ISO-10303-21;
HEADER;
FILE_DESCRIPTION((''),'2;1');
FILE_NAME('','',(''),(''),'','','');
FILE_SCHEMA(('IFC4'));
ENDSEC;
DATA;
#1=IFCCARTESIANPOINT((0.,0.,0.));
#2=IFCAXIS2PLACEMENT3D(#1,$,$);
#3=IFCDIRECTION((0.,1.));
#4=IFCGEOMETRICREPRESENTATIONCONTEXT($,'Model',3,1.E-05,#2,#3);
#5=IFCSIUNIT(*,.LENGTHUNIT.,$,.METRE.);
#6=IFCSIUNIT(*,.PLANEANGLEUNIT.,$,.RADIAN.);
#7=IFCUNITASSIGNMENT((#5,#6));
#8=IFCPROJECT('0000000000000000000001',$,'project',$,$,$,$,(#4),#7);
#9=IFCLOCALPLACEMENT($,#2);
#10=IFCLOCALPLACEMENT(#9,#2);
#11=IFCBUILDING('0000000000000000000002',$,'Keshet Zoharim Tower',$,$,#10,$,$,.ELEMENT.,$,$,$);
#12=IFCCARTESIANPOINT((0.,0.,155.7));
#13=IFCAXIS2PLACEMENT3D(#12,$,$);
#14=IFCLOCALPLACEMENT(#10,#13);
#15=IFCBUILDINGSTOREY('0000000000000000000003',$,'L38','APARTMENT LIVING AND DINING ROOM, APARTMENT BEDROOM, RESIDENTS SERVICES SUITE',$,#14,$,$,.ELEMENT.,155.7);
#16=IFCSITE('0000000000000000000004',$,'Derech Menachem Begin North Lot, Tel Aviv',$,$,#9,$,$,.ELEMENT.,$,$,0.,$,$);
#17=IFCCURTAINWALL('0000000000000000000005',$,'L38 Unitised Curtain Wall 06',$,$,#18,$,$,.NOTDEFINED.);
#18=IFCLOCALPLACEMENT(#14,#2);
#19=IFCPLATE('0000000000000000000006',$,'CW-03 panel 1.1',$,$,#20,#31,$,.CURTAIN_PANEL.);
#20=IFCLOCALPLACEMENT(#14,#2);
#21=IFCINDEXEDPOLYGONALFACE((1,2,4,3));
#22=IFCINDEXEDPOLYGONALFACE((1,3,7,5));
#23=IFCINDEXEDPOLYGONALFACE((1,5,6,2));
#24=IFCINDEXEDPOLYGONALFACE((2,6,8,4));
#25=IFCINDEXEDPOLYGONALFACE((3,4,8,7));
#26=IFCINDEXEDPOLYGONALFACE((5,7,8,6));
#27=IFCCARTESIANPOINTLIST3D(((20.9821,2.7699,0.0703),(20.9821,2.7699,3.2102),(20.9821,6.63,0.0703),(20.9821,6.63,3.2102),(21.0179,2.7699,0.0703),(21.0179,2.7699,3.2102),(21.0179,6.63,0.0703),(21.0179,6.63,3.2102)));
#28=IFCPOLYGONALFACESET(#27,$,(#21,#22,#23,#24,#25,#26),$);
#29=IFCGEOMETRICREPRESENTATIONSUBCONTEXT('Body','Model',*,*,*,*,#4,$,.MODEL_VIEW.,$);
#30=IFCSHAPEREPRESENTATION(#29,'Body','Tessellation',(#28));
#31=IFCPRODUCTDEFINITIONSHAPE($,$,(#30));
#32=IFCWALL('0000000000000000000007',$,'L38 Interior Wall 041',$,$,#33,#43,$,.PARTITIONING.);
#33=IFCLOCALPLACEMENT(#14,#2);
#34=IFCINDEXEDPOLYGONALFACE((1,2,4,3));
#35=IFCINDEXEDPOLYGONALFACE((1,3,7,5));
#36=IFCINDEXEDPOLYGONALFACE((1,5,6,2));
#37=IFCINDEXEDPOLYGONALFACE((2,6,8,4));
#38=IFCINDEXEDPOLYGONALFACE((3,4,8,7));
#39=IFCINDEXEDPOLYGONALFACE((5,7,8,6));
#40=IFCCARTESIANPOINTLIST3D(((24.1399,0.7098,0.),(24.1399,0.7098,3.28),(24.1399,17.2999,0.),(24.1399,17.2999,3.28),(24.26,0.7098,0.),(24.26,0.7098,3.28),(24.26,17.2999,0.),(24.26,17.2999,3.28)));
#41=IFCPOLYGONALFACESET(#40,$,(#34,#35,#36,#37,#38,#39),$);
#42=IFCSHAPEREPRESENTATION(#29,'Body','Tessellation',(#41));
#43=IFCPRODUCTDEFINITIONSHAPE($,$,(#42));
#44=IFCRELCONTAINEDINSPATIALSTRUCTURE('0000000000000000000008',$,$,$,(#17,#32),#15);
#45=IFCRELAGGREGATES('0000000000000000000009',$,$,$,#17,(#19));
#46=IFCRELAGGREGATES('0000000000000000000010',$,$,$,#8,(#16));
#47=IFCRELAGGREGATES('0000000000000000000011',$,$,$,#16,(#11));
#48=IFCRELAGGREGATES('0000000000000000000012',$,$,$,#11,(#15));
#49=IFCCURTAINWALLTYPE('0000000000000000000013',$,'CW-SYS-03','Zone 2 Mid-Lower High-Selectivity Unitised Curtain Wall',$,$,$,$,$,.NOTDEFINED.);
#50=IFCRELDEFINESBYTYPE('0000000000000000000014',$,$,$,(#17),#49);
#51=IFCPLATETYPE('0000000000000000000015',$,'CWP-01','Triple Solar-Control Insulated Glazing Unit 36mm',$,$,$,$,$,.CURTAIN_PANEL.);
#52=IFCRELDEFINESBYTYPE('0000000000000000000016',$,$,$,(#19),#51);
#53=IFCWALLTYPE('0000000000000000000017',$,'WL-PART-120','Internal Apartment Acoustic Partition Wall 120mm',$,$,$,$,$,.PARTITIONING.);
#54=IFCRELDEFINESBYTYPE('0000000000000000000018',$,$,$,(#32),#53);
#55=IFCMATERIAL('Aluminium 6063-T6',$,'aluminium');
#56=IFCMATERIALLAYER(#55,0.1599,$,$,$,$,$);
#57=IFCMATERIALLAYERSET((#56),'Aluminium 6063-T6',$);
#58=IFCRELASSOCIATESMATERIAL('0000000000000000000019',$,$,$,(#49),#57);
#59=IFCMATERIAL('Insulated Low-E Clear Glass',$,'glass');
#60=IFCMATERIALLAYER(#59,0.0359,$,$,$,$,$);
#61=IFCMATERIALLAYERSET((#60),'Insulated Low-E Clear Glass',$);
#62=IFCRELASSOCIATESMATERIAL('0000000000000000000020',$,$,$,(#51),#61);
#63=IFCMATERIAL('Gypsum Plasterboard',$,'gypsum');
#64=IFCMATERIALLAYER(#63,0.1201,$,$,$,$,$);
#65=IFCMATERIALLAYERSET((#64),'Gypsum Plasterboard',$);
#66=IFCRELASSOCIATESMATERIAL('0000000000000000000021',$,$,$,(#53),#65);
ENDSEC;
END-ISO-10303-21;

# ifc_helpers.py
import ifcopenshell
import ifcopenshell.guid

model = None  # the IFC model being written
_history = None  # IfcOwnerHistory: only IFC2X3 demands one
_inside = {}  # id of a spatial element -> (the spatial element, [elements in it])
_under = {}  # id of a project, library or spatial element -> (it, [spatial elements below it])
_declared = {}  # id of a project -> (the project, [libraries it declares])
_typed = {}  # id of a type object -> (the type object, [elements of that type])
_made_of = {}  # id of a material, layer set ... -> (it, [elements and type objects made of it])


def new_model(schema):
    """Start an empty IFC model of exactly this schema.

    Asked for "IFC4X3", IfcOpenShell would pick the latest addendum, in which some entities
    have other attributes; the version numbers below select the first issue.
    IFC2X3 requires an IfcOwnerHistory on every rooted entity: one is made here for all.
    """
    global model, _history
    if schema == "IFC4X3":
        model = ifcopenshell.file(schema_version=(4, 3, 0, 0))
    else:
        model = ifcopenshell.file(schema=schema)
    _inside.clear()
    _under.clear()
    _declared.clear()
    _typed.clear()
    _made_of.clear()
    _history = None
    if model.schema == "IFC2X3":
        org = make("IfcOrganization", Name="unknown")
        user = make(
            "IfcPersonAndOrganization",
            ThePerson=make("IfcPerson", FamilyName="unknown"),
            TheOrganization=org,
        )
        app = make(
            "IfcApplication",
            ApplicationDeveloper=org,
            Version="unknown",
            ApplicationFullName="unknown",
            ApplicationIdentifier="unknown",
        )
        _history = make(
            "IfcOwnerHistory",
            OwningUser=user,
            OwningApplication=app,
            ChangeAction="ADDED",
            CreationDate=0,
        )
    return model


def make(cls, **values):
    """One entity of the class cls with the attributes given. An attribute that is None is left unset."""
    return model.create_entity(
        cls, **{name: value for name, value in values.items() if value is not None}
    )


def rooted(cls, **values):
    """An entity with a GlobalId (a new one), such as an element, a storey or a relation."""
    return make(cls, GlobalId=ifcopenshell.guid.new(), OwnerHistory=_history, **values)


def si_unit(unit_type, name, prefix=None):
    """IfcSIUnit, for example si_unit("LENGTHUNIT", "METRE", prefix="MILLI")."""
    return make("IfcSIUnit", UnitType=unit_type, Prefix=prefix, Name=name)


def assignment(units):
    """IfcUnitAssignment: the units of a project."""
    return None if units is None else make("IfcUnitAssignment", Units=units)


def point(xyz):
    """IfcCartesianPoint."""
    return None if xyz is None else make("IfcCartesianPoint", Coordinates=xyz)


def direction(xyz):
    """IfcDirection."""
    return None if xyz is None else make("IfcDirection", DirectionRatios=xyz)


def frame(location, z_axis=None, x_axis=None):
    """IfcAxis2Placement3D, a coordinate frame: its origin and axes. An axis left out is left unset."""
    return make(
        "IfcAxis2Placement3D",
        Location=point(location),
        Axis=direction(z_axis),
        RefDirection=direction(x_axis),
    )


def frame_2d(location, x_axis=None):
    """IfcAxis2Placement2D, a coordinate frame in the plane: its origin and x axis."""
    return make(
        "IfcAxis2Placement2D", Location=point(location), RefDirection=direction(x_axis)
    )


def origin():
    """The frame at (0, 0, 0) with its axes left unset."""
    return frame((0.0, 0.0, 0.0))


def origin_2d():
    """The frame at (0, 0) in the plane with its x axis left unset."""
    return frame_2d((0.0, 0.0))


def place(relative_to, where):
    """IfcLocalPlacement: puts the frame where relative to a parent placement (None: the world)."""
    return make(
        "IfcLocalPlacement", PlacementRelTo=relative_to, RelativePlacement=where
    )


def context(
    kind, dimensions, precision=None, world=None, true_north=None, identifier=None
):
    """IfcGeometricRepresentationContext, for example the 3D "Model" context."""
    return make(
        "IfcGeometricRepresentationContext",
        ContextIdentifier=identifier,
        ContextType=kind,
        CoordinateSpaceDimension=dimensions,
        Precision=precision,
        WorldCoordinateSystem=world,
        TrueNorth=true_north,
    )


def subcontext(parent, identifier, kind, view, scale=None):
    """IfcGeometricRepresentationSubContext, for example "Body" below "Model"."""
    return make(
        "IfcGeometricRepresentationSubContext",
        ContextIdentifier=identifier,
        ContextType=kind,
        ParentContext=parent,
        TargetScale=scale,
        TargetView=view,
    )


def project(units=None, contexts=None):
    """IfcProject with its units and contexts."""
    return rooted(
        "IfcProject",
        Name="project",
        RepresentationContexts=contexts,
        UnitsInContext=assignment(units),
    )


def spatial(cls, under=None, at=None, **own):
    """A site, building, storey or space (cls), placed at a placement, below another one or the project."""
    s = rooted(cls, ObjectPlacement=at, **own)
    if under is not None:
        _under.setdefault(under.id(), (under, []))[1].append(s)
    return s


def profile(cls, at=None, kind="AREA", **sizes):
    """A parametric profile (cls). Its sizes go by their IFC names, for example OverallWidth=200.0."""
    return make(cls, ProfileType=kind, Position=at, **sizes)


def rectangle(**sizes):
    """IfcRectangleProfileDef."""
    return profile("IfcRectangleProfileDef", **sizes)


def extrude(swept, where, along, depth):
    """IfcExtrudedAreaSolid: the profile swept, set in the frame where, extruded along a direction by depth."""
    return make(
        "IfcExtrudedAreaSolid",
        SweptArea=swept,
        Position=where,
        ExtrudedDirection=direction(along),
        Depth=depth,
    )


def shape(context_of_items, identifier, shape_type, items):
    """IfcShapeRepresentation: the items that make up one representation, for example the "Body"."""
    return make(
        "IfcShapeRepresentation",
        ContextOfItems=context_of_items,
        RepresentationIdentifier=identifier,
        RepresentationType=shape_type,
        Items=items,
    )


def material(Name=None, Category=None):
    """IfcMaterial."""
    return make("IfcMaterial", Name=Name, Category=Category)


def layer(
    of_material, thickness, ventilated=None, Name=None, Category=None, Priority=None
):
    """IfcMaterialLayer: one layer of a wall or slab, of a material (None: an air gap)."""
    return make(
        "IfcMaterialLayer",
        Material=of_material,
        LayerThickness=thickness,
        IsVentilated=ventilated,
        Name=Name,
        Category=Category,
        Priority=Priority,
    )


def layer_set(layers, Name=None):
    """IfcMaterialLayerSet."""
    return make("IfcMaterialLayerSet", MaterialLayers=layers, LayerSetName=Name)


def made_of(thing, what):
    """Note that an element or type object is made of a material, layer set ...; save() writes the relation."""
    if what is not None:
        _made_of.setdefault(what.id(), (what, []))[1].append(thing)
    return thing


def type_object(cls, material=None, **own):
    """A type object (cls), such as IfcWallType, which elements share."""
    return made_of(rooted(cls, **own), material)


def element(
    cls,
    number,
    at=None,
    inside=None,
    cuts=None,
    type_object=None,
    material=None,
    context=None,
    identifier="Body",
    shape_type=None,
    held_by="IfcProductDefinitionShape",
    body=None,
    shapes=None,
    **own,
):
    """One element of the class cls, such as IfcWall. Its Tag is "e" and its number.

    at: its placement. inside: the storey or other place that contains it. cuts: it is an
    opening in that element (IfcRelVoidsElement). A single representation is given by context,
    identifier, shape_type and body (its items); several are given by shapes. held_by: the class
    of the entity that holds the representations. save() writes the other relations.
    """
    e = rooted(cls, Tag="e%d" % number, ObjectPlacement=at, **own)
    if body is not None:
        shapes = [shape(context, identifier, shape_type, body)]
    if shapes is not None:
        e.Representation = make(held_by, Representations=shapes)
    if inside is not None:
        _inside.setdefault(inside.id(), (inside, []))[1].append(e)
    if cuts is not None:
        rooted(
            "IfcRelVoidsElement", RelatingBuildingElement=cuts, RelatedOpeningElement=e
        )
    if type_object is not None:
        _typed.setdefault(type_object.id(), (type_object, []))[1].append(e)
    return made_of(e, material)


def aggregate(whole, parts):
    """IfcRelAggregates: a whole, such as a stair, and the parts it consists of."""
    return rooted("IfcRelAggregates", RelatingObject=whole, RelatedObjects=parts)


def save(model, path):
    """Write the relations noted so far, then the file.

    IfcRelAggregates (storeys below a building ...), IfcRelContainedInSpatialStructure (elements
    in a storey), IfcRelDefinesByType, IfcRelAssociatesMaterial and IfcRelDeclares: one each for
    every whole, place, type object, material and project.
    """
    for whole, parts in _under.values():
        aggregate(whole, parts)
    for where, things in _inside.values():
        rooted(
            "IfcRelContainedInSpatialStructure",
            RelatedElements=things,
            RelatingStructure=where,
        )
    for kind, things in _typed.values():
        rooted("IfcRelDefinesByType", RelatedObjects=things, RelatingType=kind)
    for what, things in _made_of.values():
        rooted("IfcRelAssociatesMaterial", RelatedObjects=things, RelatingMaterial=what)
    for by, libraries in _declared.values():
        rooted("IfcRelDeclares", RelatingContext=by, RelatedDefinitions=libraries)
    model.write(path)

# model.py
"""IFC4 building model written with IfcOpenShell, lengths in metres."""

from ifc_helpers import new_model, si_unit, direction, frame, frame_2d, origin, origin_2d, place, context, subcontext, project, spatial, rectangle, extrude, material, layer, layer_set, type_object, element, aggregate, save


model = new_model("IFC4")

# Units and contexts
model_context = context("Model", 3, precision=1e-05, world=origin(), true_north=direction((0.0, 1.0)))
body_context = subcontext(model_context, "Body", "Model", "MODEL_VIEW")
ifc_project = project(units=[si_unit("LENGTHUNIT", "METRE"), si_unit("PLANEANGLEUNIT", "RADIAN")], contexts=[model_context])

# Site, building, storey
site_placement = place(None, origin())
site = spatial("IfcSite", under=ifc_project, at=site_placement, Name="Derech Menachem Begin North Lot, Tel Aviv", CompositionType="ELEMENT", RefElevation=0.0)
building_placement = place(site_placement, origin())
building = spatial("IfcBuilding", under=site, at=building_placement, Name="Keshet Zoharim Tower", CompositionType="ELEMENT")
storey_placement = place(building_placement, frame((0.0, 0.0, 155.7)))
storey = spatial("IfcBuildingStorey", under=building, at=storey_placement, Name="L38", Description="APARTMENT LIVING AND DINING ROOM, APARTMENT BEDROOM, RESIDENTS SERVICES SUITE", CompositionType="ELEMENT", Elevation=155.7)

# Shared definitions
ifc_material_1 = material(Name="Aluminium 6063-T6", Category="aluminium")
ifc_layer_1 = layer(ifc_material_1, 0.1599)
ifc_layer_set_1 = layer_set([ifc_layer_1], Name="Aluminium 6063-T6")
curtain_wall_type = type_object("IfcCurtainWallType", Name="CW-SYS-03", Description="Zone 2 Mid-Lower High-Selectivity Unitised Curtain Wall", PredefinedType="NOTDEFINED", material=ifc_layer_set_1)

# Curtain wall
curtain_wall_1_placement = place(storey_placement, origin())
curtain_wall_1 = element("IfcCurtainWall", 1, at=curtain_wall_1_placement, inside=storey, type_object=curtain_wall_type, Name="L38 Unitised Curtain Wall 06", PredefinedType="NOTDEFINED")

# Plate
ifc_material_2 = material(Name="Insulated Low-E Clear Glass", Category="glass")
ifc_layer_2 = layer(ifc_material_2, 0.0359)
ifc_layer_set_2 = layer_set([ifc_layer_2], Name="Insulated Low-E Clear Glass")
plate_type = type_object("IfcPlateType", Name="CWP-01", Description="Triple Solar-Control Insulated Glazing Unit 36mm", PredefinedType="CURTAIN_PANEL", material=ifc_layer_set_2)
plate_1_placement = place(storey_placement, frame((21.0, 4.7, 0.0703), z_axis=(0.0, 0.0, 1.0), x_axis=(0.0, 1.0, 0.0)))
plate_1 = element("IfcPlate", 2, at=plate_1_placement, type_object=plate_type, Name="CW-03 panel 1.1", PredefinedType="CURTAIN_PANEL", context=body_context, shape_type="SweptSolid", body=[
    extrude(rectangle(XDim=3.8601, YDim=0.0359, at=origin_2d()), origin(), (0.0, 0.0, 1.0), 3.1399),
])
aggregate(curtain_wall_1, [plate_1])

# Wall
ifc_material_3 = material(Name="Gypsum Plasterboard", Category="gypsum")
ifc_layer_3 = layer(ifc_material_3, 0.1201)
ifc_layer_set_3 = layer_set([ifc_layer_3], Name="Gypsum Plasterboard")
wall_type = type_object("IfcWallType", Name="WL-PART-120", Description="Internal Apartment Acoustic Partition Wall 120mm", PredefinedType="PARTITIONING", material=ifc_layer_set_3)
wall_placement = place(storey_placement, frame((24.2, 0.71, 0.0), z_axis=(0.0, 0.0, 1.0), x_axis=(0.0, 1.0, 0.0)))
element("IfcWall", 3, at=wall_placement, inside=storey, type_object=wall_type, Name="L38 Interior Wall 041", PredefinedType="PARTITIONING", context=body_context, shape_type="SweptSolid", body=[
    extrude(rectangle(XDim=16.5901, YDim=0.1201, at=frame_2d((8.2949, 0.0))), origin(), (0.0, 0.0, 1.0), 3.28),
])

save(model, "model.ifc")
